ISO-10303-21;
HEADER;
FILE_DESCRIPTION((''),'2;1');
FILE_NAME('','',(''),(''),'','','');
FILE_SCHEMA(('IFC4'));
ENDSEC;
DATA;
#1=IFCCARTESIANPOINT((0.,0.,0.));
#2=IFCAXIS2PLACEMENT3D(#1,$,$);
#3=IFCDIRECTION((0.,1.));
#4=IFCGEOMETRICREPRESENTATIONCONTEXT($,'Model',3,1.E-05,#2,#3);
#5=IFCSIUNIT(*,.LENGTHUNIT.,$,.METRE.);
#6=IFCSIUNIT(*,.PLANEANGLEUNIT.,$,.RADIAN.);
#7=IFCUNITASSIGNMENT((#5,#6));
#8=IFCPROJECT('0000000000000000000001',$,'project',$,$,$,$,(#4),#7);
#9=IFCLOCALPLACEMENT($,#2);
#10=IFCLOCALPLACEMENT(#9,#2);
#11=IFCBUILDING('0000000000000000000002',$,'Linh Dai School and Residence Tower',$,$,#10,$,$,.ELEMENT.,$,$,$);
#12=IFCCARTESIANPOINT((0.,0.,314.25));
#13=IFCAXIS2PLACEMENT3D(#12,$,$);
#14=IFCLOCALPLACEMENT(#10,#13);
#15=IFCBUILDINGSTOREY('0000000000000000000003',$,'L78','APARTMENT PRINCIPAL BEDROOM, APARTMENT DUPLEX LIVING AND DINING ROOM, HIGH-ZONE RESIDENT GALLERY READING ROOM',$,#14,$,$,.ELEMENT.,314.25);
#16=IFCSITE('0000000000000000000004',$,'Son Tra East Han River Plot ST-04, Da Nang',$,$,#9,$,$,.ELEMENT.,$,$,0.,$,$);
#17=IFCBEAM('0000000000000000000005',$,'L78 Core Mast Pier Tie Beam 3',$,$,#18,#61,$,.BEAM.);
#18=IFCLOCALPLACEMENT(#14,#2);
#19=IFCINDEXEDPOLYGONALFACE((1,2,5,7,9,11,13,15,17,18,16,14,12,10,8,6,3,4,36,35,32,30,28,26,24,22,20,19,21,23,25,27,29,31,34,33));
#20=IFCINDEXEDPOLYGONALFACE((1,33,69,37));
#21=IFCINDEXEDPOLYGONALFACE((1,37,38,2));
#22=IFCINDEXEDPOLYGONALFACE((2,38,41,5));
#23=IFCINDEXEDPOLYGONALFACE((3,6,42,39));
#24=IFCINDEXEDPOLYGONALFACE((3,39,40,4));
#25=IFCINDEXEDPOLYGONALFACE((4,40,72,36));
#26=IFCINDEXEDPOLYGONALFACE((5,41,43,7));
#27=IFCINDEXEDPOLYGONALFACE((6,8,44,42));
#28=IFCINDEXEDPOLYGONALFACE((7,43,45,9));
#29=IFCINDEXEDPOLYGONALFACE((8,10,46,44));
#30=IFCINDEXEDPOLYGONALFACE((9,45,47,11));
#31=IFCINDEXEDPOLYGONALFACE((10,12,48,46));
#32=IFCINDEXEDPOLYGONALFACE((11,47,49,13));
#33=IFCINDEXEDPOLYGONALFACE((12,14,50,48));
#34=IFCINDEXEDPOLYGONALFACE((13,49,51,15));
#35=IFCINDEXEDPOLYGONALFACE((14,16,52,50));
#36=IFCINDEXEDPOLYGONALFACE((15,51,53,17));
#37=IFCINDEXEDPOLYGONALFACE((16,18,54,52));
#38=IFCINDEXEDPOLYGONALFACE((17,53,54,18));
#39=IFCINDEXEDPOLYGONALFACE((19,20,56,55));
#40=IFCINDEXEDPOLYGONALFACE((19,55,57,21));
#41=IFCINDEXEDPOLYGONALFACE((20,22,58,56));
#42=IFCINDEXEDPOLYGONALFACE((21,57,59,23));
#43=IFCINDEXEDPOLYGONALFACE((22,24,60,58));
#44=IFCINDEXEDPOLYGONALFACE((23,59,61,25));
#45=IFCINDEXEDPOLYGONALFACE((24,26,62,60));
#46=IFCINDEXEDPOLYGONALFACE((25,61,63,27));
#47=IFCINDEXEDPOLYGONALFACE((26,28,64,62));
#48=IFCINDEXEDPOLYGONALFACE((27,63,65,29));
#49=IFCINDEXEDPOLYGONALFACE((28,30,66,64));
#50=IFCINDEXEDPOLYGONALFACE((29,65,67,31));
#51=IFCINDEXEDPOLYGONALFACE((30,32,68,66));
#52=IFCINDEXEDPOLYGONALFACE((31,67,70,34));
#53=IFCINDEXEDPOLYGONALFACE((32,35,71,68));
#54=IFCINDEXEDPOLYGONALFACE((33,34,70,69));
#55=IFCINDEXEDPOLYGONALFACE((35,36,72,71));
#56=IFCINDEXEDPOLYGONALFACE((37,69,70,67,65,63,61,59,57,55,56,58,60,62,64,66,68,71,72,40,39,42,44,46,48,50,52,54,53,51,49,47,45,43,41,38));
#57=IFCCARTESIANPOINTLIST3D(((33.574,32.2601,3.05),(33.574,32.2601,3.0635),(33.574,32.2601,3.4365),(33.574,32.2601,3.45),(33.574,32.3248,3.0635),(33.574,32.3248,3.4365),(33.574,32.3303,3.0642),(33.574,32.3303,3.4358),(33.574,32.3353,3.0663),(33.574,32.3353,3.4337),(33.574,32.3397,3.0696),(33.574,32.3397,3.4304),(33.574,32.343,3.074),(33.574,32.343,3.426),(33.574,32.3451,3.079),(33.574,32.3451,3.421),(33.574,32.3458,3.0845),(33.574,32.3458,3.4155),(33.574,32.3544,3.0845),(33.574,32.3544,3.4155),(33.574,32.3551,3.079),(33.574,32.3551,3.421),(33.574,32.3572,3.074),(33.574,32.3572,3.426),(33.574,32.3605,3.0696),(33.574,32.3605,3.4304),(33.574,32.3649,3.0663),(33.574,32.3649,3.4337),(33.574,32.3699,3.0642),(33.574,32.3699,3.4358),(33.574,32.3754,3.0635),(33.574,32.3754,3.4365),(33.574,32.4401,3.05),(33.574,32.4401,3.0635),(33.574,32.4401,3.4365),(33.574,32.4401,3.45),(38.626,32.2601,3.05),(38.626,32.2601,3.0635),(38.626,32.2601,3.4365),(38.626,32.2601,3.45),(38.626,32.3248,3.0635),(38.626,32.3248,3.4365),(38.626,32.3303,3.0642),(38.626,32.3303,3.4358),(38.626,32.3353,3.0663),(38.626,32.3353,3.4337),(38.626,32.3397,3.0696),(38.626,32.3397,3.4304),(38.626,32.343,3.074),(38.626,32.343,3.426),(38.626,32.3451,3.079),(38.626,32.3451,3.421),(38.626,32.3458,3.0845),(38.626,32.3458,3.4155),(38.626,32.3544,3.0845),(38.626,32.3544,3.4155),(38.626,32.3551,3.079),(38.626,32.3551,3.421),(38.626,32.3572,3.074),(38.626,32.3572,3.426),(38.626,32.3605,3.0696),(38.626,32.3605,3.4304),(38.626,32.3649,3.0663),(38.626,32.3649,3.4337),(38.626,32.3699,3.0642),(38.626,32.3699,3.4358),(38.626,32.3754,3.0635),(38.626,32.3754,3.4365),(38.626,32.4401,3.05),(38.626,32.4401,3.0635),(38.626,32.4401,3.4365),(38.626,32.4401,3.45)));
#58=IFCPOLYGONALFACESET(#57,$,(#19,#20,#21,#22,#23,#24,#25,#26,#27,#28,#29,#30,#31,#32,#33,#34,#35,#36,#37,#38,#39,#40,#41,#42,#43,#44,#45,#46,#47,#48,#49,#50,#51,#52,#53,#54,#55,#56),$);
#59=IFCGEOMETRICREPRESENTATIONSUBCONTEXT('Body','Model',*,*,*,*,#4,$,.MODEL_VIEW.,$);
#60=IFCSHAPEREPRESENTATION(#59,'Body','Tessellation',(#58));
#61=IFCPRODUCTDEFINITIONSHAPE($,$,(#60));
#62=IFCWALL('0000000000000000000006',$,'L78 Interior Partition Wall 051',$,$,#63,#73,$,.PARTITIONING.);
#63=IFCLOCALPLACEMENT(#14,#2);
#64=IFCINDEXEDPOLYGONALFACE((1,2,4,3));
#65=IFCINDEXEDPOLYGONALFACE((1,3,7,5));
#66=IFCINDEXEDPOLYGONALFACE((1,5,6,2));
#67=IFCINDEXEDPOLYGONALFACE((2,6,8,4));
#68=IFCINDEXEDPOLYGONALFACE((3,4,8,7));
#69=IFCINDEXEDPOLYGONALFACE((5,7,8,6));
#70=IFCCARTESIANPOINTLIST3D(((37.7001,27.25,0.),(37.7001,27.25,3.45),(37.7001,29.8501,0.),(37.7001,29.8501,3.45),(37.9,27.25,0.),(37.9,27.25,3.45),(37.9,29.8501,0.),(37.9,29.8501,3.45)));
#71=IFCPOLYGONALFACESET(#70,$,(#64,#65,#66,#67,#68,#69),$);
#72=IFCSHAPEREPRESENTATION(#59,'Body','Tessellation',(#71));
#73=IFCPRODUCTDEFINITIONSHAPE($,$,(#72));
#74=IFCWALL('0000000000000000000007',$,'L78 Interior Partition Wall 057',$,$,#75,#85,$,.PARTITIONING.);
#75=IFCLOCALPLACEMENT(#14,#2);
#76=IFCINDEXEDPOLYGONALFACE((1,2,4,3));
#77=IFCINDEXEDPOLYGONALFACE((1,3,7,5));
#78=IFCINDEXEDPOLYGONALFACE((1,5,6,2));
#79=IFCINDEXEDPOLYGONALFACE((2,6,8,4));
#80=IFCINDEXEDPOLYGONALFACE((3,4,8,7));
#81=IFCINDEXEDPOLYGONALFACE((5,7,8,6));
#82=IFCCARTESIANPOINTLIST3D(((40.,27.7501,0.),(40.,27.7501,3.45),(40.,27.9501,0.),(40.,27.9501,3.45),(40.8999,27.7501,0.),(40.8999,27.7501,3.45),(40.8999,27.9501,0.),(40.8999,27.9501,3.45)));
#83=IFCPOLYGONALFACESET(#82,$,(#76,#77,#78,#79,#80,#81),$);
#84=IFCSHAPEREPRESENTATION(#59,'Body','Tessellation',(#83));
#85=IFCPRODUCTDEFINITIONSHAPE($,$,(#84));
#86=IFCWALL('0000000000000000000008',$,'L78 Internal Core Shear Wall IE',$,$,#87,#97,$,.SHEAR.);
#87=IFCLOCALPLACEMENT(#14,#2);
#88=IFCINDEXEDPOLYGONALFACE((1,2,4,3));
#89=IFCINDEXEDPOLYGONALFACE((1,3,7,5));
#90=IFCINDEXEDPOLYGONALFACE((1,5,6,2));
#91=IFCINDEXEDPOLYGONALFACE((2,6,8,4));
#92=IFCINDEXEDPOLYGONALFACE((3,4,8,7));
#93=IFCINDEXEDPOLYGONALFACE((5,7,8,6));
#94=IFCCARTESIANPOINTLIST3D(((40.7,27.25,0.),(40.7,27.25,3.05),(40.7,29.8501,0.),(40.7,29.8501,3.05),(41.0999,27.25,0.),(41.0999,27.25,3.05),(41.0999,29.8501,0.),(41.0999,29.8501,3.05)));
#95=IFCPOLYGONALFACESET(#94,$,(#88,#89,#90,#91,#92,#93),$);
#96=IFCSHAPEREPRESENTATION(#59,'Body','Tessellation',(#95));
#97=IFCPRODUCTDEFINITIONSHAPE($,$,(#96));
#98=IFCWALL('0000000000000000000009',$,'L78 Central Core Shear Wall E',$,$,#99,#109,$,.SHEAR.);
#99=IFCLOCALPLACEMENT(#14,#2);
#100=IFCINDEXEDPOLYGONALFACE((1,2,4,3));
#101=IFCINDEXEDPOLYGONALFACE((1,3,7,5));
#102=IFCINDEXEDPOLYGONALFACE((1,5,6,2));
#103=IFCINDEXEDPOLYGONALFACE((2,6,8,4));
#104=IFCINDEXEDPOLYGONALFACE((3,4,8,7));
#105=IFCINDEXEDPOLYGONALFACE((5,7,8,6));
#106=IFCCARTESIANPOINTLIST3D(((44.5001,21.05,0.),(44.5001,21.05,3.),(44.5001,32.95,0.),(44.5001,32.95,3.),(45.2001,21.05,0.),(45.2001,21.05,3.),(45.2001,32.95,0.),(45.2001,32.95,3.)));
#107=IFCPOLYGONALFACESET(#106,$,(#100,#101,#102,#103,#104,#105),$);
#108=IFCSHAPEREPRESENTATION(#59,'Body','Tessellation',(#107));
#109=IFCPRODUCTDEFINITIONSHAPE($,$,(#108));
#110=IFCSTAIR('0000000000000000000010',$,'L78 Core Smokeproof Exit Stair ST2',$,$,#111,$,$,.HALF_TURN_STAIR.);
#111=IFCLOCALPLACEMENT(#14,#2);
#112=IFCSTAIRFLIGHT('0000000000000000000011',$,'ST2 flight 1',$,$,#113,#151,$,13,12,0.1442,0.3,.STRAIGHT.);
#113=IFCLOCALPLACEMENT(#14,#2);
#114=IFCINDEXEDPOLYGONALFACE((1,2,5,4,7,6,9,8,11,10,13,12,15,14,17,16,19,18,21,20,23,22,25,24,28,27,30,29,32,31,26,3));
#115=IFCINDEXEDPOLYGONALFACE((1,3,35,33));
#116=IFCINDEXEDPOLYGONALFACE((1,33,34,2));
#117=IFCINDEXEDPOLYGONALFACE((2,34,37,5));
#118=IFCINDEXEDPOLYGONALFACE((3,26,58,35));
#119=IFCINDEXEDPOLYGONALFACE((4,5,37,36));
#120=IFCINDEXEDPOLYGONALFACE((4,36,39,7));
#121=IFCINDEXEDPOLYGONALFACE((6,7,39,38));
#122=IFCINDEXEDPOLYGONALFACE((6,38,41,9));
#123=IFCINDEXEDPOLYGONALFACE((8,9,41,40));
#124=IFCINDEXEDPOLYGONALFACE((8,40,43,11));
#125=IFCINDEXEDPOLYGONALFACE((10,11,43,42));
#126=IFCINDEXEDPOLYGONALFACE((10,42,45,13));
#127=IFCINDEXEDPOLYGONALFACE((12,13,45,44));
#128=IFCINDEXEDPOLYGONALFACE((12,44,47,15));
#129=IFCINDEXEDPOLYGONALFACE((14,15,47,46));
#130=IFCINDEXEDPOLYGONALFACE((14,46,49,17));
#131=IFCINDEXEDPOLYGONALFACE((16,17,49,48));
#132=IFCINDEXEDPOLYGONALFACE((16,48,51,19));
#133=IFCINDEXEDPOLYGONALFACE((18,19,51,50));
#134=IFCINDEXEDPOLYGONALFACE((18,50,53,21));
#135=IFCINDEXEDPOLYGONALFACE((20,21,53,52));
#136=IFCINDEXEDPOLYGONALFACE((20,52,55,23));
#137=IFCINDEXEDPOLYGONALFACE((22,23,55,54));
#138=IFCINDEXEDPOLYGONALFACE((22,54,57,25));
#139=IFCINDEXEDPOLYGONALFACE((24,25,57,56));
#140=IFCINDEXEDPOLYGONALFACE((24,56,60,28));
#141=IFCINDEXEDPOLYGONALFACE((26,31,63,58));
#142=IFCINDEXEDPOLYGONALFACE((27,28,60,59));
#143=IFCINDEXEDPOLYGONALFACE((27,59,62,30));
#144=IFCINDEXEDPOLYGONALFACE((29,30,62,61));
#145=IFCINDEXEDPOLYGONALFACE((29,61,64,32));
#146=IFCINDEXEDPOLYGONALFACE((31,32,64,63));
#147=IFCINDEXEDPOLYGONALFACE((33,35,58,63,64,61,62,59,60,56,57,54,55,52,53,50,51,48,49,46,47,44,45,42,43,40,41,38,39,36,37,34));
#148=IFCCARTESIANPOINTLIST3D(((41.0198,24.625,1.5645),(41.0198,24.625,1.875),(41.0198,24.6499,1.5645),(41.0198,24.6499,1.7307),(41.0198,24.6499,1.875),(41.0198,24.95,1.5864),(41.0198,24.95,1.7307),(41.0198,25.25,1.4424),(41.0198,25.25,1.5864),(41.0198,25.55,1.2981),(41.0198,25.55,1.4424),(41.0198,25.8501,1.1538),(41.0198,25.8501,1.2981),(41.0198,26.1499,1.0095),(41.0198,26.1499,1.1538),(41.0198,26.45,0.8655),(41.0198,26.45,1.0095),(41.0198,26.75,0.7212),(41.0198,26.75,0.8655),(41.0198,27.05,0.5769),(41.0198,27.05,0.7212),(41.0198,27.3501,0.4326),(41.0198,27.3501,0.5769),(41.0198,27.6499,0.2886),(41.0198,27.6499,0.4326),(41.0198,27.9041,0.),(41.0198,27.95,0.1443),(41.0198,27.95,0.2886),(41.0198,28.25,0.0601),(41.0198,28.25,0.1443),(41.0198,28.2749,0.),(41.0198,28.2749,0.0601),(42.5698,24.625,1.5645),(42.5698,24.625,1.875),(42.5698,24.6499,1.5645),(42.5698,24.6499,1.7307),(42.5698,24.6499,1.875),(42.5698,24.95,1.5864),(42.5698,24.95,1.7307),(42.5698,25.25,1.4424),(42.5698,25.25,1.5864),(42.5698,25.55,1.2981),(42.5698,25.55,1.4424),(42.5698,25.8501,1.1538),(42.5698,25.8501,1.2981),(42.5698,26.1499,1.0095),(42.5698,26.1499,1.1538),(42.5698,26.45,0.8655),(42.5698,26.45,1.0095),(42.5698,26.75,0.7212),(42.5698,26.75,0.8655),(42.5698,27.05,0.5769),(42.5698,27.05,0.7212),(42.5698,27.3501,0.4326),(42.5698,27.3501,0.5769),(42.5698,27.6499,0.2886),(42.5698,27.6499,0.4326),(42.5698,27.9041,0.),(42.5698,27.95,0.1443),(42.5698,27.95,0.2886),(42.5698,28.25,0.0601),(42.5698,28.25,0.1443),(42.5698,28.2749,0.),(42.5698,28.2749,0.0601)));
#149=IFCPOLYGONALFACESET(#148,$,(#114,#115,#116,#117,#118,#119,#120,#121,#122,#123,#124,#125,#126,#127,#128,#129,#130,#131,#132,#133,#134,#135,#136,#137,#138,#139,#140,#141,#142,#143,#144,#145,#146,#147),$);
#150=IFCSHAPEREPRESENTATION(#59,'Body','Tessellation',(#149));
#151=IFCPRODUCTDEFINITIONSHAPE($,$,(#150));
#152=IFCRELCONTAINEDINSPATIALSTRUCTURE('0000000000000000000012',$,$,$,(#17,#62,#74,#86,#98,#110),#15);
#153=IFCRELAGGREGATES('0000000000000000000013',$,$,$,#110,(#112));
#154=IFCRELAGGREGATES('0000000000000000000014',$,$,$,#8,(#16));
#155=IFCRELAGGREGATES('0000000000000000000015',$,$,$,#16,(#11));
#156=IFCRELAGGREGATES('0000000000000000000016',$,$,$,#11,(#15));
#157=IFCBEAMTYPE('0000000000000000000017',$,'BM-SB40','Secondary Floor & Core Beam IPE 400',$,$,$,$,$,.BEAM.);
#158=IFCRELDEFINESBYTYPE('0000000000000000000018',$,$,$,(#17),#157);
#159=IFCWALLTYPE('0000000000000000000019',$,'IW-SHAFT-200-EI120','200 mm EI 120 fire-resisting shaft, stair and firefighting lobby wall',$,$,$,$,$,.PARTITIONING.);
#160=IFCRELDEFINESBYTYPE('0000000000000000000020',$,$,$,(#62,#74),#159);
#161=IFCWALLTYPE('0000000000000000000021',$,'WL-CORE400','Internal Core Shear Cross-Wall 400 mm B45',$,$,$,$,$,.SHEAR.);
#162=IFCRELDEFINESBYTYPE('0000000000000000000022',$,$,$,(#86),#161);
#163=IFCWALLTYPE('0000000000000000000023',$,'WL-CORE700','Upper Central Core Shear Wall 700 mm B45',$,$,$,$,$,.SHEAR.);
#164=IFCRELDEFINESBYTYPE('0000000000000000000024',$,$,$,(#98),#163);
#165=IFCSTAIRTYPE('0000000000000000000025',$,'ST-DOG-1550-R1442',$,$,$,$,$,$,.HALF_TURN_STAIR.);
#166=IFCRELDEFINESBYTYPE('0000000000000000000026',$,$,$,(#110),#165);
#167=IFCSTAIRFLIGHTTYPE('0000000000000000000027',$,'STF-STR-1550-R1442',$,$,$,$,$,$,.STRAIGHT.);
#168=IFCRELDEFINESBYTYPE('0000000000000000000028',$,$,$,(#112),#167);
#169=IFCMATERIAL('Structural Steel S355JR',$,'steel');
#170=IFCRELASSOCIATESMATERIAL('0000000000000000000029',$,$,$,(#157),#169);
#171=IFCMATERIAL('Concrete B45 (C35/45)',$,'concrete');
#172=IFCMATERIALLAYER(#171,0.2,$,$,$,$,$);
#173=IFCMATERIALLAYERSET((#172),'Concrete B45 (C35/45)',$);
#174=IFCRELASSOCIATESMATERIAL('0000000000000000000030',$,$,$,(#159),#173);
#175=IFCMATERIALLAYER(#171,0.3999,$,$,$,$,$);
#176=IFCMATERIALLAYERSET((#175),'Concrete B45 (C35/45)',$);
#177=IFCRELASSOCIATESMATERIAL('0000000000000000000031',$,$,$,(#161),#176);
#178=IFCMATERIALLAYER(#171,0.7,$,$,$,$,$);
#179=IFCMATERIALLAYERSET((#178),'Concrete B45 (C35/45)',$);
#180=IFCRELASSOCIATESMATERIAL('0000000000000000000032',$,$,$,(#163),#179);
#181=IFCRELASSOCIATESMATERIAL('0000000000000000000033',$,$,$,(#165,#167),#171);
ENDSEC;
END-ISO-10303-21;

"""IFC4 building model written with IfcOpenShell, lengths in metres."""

from ifc_helpers import new_model, si_unit, direction, frame, frame_2d, origin, origin_2d, place, context, subcontext, project, spatial, polyline, rectangle, i_section, outline, extrude, source, transform, mapped, material, layer, layer_set, material_profile, profile_set, type_object, element, aggregate, save


model = new_model("IFC4")

# Units and contexts
model_context = context("Model", 3, precision=1e-05, world=origin(), true_north=direction((0.0, 1.0)))
body_context = subcontext(model_context, "Body", "Model", "MODEL_VIEW")
ifc_project = project(units=[si_unit("LENGTHUNIT", "METRE"), si_unit("PLANEANGLEUNIT", "RADIAN")], contexts=[model_context])

# Site, building, storey
site_placement = place(None, origin())
site = spatial("IfcSite", under=ifc_project, at=site_placement, Name="Son Tra East Han River Plot ST-04, Da Nang", CompositionType="ELEMENT", RefElevation=0.0)
building_placement = place(site_placement, origin())
building = spatial("IfcBuilding", under=site, at=building_placement, Name="Linh Dai School and Residence Tower", CompositionType="ELEMENT")
storey_placement = place(building_placement, frame((0.0, 0.0, 314.25)))
storey = spatial("IfcBuildingStorey", under=building, at=storey_placement, Name="L78", Description="APARTMENT PRINCIPAL BEDROOM, APARTMENT DUPLEX LIVING AND DINING ROOM, HIGH-ZONE RESIDENT GALLERY READING ROOM", CompositionType="ELEMENT", Elevation=314.25)

# Shared definitions
ifc_material_1 = material(Name="Structural Steel S355JR", Category="steel")

# Beam
ifc_material_profile_1 = material_profile(ifc_material_1, i_section(OverallWidth=0.1799, OverallDepth=0.3999, WebThickness=0.0085, FlangeThickness=0.0134, FilletRadius=0.021, at=origin_2d()), Name="IPE 400")
ifc_profile_set_1 = profile_set([ifc_material_profile_1], Name="Structural Steel S355JR")
beam_type_1 = type_object("IfcBeamType", Name="BM-SB40", Description="Secondary Floor & Core Beam IPE 400", PredefinedType="BEAM", material=ifc_profile_set_1)
beam_1_placement = place(storey_placement, frame((38.626, 32.3501, 3.25), z_axis=(-1.0, 0.0, 0.0), x_axis=(0.0, -1.0, 0.0)))
element("IfcBeam", 1, at=beam_1_placement, inside=storey, type_object=beam_type_1, Name="L78 Core Mast Pier Tie Beam 3", PredefinedType="BEAM", context=body_context, shape_type="SweptSolid", body=[
    extrude(i_section(OverallWidth=0.1799, OverallDepth=0.3999, WebThickness=0.0085, FlangeThickness=0.0134, FilletRadius=0.021, at=origin_2d()), origin(), (0.0, 0.0, 1.0), 5.052),
])

# Walls
ifc_material_2 = material(Name="Concrete B45 (C35/45)", Category="concrete")
ifc_layer_1 = layer(ifc_material_2, 0.2)
ifc_layer_set_1 = layer_set([ifc_layer_1], Name="Concrete B45 (C35/45)")
wall_type_1 = type_object("IfcWallType", Name="IW-SHAFT-200-EI120", Description="200 mm EI 120 fire-resisting shaft, stair and firefighting lobby wall", PredefinedType="PARTITIONING", material=ifc_layer_set_1)
wall_1_placement = place(storey_placement, frame((37.8, 27.25, 0.0), z_axis=(0.0, 0.0, 1.0), x_axis=(0.0, 1.0, 0.0)))
element("IfcWall", 2, at=wall_1_placement, inside=storey, type_object=wall_type_1, Name="L78 Interior Partition Wall 051", PredefinedType="PARTITIONING", context=body_context, shape_type="SweptSolid", body=[
    extrude(rectangle(XDim=2.6001, YDim=0.2, at=frame_2d((1.3, 0.0))), origin(), (0.0, 0.0, 1.0), 3.45),
])
wall_2_placement = place(storey_placement, frame((40.0, 27.8501, 0.0), z_axis=(0.0, 0.0, 1.0), x_axis=(1.0, 0.0, 0.0)))
element("IfcWall", 3, at=wall_2_placement, inside=storey, type_object=wall_type_1, Name="L78 Interior Partition Wall 057", PredefinedType="PARTITIONING", context=body_context, shape_type="SweptSolid", body=[
    extrude(rectangle(XDim=0.8999, YDim=0.2, at=frame_2d((0.45, 0.0))), origin(), (0.0, 0.0, 1.0), 3.45),
])
ifc_layer_2 = layer(ifc_material_2, 0.3999)
ifc_layer_set_2 = layer_set([ifc_layer_2], Name="Concrete B45 (C35/45)")
wall_type_2 = type_object("IfcWallType", Name="WL-CORE400", Description="Internal Core Shear Cross-Wall 400 mm B45", PredefinedType="SHEAR", material=ifc_layer_set_2)
wall_3_placement = place(storey_placement, frame((40.8999, 27.25, 0.0), z_axis=(0.0, 0.0, 1.0), x_axis=(0.0, 1.0, 0.0)))
element("IfcWall", 4, at=wall_3_placement, inside=storey, type_object=wall_type_2, Name="L78 Internal Core Shear Wall IE", PredefinedType="SHEAR", context=body_context, shape_type="SweptSolid", body=[
    extrude(rectangle(XDim=2.6001, YDim=0.3999, at=frame_2d((1.3, 0.0))), origin(), (0.0, 0.0, 1.0), 3.05),
])
ifc_layer_3 = layer(ifc_material_2, 0.7)
ifc_layer_set_3 = layer_set([ifc_layer_3], Name="Concrete B45 (C35/45)")
wall_type_3 = type_object("IfcWallType", Name="WL-CORE700", Description="Upper Central Core Shear Wall 700 mm B45", PredefinedType="SHEAR", material=ifc_layer_set_3)
wall_4_placement = place(storey_placement, frame((44.8501, 32.95, 0.0), z_axis=(0.0, 0.0, 1.0), x_axis=(0.0, -1.0, 0.0)))
element("IfcWall", 5, at=wall_4_placement, inside=storey, type_object=wall_type_3, Name="L78 Central Core Shear Wall E", PredefinedType="SHEAR", context=body_context, shape_type="SweptSolid", body=[
    extrude(rectangle(XDim=11.8999, YDim=0.7, at=frame_2d((5.95, 0.0))), origin(), (0.0, 0.0, 1.0), 3.0),
])

# Stair, stair flight
stair_type = type_object("IfcStairType", Name="ST-DOG-1550-R1442", PredefinedType="HALF_TURN_STAIR", material=ifc_material_2)
stair_placement = place(storey_placement, origin())
stair = element("IfcStair", 6, at=stair_placement, inside=storey, type_object=stair_type, Name="L78 Core Smokeproof Exit Stair ST2", PredefinedType="HALF_TURN_STAIR")
stair_flight_type = type_object("IfcStairFlightType", Name="STF-STR-1550-R1442", PredefinedType="STRAIGHT", material=ifc_material_2)
shared_shape_1 = source(origin(), body_context, "Body", "SweptSolid", [
    extrude(outline(polyline([(-0.0249, 0.0), (-0.0249, 0.0601), (0.0, 0.0601), (0.0, 0.1443), (0.3, 0.1443), (0.3, 0.2886), (0.6001, 0.2886), (0.6001, 0.4326), (0.8999, 0.4326), (0.8999, 0.5769), (1.2, 0.5769), (1.2, 0.7212), (1.5, 0.7212), (1.5, 0.8655), (1.8, 0.8655), (1.8, 1.0095), (2.1001, 1.0095), (2.1001, 1.1538), (2.3999, 1.1538), (2.3999, 1.2981), (2.7, 1.2981), (2.7, 1.4424), (3.0, 1.4424), (3.0, 1.5864), (3.3, 1.5864), (3.3, 1.7307), (3.6001, 1.7307), (3.6001, 1.875), (3.625, 1.875), (3.625, 1.5645), (3.6001, 1.5645), (0.3459, 0.0), (-0.0249, 0.0)])), frame((0.0, 0.7749, 0.0), z_axis=(0.0, -1.0, 0.0), x_axis=(1.0, 0.0, 0.0)), (0.0, 0.0, 1.0), 1.55),
])
stair_flight_placement = place(storey_placement, frame((41.7949, 28.25, 0.0), z_axis=(0.0, 0.0, 1.0), x_axis=(0.0, -1.0, 0.0)))
stair_flight = element("IfcStairFlight", 7, at=stair_flight_placement, type_object=stair_flight_type, Name="ST2 flight 1", NumberOfRisers=13, NumberOfTreads=12, PredefinedType="STRAIGHT", RiserHeight=0.1442, TreadLength=0.3, context=body_context, shape_type="MappedRepresentation", body=[
    mapped(shared_shape_1, transform((0.0, 0.0, 0.0), x_axis=(1.0, 0.0, 0.0), y_axis=(0.0, 1.0, 0.0), z_axis=(0.0, 0.0, 1.0), scale=1.0)),
])
aggregate(stair, [stair_flight])

save(model, "model.ifc")
